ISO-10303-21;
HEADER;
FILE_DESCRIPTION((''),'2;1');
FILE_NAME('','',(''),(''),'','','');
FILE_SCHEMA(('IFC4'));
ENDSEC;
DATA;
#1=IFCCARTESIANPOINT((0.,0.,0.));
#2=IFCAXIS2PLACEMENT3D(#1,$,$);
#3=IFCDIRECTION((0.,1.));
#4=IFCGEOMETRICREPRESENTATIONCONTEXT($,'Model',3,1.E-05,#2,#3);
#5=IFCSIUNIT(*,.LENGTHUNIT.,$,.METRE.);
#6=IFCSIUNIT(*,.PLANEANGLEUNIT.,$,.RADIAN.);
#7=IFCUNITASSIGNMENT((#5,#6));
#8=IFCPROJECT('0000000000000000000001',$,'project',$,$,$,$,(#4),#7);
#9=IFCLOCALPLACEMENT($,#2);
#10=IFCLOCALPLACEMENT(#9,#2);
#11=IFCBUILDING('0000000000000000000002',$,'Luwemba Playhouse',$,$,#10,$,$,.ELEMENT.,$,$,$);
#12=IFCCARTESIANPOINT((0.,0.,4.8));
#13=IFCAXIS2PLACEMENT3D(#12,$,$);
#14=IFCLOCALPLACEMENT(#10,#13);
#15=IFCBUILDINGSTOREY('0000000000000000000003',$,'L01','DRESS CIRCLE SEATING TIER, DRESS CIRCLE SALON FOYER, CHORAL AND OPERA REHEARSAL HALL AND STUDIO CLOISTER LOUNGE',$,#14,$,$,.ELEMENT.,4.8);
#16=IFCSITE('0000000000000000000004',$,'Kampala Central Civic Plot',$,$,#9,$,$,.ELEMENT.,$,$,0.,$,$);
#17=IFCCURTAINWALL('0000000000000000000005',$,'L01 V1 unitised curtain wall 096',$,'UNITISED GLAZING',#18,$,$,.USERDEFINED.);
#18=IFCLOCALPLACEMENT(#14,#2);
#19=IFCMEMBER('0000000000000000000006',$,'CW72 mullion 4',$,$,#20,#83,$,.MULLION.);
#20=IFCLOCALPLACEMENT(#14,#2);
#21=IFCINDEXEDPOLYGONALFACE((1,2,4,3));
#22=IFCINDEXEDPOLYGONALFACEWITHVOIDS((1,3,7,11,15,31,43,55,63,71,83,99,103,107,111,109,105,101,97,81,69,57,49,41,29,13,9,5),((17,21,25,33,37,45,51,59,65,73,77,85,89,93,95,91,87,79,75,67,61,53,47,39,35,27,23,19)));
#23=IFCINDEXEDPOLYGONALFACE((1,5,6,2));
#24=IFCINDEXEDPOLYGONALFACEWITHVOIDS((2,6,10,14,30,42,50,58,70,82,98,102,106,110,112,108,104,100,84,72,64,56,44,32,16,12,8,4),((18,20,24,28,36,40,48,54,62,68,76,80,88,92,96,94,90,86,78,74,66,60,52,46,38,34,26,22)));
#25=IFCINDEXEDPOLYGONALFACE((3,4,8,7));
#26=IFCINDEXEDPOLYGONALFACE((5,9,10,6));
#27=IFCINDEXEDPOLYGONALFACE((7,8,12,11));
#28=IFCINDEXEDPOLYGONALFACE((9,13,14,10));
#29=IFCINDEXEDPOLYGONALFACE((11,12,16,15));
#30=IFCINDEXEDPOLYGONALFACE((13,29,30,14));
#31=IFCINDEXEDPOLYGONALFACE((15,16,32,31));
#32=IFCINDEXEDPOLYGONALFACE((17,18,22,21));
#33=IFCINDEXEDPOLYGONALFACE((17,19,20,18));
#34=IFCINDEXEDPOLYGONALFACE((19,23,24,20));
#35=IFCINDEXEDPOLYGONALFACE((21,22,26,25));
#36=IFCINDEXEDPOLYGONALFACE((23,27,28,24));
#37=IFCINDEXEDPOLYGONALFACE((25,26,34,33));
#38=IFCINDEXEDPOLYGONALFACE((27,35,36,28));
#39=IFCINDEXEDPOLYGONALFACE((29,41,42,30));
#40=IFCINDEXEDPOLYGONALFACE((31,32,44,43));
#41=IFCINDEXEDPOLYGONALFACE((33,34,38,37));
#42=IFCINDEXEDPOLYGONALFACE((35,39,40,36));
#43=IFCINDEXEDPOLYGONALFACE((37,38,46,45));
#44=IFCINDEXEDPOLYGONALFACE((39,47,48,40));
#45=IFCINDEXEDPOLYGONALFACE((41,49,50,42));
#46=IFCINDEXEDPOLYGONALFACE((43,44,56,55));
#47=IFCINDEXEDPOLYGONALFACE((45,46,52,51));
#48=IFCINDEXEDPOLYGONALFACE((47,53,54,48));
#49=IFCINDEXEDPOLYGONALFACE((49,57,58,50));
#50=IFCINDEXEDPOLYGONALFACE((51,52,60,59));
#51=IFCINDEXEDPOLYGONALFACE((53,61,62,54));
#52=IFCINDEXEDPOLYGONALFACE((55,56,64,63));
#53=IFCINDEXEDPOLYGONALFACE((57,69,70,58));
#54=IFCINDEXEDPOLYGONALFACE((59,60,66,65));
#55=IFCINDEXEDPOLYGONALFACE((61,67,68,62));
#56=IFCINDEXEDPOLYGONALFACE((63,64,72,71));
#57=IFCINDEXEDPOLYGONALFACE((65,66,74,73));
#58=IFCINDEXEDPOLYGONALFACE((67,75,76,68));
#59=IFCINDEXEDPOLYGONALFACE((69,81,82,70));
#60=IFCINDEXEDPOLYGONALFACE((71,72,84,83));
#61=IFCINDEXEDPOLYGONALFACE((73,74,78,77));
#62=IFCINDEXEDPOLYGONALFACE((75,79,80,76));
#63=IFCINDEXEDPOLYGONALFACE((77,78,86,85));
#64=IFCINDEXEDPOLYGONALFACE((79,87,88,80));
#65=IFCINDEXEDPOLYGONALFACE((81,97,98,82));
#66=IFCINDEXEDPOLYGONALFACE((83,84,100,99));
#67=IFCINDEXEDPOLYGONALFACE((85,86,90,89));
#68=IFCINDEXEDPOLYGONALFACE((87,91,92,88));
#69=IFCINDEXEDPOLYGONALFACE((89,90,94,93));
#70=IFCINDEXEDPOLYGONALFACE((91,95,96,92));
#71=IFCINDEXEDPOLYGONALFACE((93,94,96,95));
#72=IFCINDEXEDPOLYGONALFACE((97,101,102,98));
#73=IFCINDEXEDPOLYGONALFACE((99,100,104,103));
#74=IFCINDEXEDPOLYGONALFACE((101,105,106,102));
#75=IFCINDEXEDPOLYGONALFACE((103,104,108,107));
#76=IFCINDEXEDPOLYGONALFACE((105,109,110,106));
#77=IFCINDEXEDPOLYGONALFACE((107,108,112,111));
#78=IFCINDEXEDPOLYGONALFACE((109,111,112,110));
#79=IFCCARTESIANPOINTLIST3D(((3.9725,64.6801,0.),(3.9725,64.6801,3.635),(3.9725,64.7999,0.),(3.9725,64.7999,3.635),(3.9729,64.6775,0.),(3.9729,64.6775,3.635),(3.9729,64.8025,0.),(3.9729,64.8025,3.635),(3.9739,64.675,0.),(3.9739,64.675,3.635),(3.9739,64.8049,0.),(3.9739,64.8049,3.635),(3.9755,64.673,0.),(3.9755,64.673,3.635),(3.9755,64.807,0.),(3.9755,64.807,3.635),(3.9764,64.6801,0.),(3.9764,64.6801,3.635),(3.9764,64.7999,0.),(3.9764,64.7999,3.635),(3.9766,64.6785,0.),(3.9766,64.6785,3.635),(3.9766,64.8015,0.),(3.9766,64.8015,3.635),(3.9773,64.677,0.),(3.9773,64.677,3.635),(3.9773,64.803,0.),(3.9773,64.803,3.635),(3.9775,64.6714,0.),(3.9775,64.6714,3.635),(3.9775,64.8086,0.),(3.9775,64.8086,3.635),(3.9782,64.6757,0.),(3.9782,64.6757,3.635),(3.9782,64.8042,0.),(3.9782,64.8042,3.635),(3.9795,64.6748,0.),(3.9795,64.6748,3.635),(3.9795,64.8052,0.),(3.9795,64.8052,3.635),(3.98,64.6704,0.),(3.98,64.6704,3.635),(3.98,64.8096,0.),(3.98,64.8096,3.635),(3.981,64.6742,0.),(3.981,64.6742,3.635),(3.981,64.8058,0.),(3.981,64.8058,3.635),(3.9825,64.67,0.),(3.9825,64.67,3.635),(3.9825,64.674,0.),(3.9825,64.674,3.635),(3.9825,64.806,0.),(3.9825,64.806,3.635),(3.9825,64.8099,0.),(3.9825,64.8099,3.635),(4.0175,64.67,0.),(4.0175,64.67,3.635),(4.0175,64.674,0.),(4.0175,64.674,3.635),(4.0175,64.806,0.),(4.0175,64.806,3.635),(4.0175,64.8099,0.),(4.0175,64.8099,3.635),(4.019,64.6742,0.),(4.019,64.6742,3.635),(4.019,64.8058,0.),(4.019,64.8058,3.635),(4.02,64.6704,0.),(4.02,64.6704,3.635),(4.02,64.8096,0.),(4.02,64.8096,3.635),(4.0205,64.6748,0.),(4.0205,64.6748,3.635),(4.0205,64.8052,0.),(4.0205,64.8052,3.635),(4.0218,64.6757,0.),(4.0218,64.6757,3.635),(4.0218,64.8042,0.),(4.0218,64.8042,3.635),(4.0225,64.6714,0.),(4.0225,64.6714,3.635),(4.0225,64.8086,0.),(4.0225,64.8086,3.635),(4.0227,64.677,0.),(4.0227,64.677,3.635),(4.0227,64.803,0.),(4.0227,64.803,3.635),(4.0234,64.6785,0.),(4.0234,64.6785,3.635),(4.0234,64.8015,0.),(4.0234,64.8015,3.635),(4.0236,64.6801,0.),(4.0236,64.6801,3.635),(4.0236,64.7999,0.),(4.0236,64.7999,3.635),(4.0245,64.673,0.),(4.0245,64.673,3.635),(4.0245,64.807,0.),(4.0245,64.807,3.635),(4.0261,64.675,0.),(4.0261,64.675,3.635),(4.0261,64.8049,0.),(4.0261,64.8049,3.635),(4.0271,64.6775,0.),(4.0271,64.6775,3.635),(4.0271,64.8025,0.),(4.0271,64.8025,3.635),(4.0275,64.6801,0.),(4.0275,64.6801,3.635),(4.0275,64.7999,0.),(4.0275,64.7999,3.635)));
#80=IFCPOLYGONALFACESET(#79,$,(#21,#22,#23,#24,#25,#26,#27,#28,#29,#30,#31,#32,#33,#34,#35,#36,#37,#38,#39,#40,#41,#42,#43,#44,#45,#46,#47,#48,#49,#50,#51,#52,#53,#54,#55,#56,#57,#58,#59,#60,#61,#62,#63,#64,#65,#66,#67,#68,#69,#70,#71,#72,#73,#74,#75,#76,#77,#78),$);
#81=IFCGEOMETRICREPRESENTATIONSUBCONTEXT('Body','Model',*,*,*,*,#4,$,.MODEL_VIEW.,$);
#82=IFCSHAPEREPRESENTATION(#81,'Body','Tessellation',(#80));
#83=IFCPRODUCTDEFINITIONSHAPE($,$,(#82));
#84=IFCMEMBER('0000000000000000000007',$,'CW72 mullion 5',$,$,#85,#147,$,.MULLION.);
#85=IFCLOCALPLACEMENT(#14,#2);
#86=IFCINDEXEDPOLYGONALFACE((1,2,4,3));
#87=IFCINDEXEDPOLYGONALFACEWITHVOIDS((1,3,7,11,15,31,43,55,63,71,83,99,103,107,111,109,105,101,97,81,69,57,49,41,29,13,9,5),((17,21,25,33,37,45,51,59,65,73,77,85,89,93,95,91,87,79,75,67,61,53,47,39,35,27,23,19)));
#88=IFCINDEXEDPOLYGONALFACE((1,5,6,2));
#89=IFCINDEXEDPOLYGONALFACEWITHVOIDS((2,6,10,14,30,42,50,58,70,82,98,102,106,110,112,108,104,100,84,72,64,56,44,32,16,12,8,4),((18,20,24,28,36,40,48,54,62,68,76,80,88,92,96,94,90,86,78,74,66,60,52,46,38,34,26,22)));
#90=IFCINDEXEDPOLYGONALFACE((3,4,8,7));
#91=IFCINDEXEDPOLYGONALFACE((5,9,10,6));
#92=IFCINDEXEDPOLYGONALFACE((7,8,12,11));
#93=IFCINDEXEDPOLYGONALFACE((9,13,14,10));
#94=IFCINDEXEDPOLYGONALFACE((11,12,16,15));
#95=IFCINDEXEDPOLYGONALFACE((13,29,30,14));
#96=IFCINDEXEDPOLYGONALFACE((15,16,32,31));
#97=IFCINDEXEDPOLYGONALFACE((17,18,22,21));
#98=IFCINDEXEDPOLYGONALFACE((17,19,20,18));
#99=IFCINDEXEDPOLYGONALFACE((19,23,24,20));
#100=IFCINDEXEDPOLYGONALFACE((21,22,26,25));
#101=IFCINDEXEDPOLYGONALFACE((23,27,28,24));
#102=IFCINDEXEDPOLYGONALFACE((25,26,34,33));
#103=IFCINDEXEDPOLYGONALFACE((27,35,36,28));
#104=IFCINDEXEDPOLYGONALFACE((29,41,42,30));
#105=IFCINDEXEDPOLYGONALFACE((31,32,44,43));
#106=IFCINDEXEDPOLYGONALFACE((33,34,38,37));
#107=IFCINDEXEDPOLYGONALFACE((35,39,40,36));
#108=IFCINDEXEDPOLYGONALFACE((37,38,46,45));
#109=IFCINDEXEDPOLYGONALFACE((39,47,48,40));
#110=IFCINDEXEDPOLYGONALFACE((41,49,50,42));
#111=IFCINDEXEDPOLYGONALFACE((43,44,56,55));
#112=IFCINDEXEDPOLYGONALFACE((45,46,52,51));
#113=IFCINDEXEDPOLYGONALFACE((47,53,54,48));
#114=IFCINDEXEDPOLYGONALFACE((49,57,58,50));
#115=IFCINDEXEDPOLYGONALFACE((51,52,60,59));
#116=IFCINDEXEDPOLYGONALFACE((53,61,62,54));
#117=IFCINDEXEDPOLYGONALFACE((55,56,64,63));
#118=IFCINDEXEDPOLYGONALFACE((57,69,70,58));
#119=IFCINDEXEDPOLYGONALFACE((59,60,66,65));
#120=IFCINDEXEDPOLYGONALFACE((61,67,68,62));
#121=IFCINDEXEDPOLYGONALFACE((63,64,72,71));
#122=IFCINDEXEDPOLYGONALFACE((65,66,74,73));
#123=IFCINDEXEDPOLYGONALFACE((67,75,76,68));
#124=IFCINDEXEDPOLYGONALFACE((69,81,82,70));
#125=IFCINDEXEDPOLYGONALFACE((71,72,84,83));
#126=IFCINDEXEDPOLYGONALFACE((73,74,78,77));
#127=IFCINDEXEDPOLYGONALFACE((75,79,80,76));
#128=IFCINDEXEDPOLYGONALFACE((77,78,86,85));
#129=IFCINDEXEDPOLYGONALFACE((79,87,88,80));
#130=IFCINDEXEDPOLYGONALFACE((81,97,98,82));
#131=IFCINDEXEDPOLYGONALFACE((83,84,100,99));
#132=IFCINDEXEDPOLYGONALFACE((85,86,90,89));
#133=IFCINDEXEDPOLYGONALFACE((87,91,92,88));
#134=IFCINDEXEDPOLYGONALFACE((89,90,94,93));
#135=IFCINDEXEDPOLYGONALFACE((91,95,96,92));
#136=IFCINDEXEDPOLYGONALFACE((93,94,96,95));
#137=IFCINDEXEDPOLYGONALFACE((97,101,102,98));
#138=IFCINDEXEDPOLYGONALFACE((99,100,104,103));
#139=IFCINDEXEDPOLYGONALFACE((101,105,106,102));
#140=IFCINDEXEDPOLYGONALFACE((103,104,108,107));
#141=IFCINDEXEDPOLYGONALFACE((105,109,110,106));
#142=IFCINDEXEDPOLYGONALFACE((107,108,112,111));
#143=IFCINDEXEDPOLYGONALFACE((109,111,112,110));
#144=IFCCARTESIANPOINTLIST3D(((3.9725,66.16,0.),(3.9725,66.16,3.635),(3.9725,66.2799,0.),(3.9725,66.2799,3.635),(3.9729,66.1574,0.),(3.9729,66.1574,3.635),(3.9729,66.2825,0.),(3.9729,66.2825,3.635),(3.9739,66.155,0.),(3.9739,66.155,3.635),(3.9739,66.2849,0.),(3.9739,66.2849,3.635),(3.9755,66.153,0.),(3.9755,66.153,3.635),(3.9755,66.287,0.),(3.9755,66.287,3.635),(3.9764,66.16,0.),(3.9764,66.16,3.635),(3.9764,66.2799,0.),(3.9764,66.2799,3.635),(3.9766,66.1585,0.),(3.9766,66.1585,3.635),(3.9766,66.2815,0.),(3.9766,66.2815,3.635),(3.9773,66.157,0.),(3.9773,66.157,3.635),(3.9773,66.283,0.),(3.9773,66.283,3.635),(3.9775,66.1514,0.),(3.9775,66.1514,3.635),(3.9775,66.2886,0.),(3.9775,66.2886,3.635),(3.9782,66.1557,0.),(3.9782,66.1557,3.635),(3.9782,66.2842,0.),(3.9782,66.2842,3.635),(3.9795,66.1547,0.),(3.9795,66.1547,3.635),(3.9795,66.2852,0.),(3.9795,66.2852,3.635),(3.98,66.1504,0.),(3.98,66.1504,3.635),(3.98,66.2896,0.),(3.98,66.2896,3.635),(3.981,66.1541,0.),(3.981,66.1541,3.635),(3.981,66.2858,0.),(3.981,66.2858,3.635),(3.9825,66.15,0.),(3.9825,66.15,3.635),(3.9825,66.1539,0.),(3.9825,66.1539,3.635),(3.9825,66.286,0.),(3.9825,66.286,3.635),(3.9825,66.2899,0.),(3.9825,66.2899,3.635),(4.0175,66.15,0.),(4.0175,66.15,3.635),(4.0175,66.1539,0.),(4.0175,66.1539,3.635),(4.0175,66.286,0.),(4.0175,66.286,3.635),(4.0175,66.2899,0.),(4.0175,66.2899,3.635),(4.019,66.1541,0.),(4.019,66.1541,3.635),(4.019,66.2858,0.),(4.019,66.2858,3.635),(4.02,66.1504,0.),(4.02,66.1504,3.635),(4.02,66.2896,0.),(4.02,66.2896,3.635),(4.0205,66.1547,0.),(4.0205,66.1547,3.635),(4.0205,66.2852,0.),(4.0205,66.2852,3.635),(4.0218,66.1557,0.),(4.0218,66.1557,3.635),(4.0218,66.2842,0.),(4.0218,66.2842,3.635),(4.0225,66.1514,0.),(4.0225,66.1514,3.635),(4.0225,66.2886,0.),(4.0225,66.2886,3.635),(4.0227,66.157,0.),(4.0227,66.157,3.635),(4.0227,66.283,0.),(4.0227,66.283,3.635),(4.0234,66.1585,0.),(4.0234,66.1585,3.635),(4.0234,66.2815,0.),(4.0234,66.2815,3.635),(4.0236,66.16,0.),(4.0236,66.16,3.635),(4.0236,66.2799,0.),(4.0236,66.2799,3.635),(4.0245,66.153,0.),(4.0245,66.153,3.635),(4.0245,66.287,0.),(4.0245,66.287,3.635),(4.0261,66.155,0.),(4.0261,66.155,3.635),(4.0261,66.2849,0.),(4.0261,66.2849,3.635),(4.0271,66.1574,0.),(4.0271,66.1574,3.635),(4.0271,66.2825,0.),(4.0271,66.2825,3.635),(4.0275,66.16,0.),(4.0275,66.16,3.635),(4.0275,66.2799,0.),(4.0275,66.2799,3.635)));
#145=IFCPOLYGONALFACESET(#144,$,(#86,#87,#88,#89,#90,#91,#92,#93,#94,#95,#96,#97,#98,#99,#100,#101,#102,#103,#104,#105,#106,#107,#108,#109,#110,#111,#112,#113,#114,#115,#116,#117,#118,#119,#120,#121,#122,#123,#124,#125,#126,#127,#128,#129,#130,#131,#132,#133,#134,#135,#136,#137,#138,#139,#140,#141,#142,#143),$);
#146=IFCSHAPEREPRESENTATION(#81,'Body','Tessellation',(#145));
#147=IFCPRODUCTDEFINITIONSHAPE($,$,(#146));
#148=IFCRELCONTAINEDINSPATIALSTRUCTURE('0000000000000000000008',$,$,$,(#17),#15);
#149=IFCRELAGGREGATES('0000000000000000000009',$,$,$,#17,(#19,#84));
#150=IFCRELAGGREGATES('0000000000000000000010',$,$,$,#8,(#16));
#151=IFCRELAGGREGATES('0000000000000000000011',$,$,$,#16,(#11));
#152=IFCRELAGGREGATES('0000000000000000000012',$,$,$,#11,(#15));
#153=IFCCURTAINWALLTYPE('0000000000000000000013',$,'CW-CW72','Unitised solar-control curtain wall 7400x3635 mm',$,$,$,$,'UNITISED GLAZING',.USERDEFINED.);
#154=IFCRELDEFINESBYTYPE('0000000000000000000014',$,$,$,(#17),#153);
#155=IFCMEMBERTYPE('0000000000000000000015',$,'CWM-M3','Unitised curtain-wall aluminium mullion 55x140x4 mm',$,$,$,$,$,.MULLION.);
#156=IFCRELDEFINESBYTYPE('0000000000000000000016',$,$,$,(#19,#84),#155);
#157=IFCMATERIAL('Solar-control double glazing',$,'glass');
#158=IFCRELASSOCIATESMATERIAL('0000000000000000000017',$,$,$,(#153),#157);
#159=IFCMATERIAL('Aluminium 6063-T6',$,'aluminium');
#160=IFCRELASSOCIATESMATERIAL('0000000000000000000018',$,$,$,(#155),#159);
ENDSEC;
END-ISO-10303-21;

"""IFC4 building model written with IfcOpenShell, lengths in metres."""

from ifc_helpers import new_model, si_unit, direction, frame, origin, origin_2d, place, context, subcontext, project, spatial, hollow_rectangle, extrude, material, material_profile, profile_set, type_object, element, aggregate, save


model = new_model("IFC4")

# Units and contexts
model_context = context("Model", 3, precision=1e-05, world=origin(), true_north=direction((0.0, 1.0)))
body_context = subcontext(model_context, "Body", "Model", "MODEL_VIEW")
ifc_project = project(units=[si_unit("LENGTHUNIT", "METRE"), si_unit("PLANEANGLEUNIT", "RADIAN")], contexts=[model_context])

# Site, building, storey
site_placement = place(None, origin())
site = spatial("IfcSite", under=ifc_project, at=site_placement, Name="Kampala Central Civic Plot", CompositionType="ELEMENT", RefElevation=0.0)
building_placement = place(site_placement, origin())
building = spatial("IfcBuilding", under=site, at=building_placement, Name="Luwemba Playhouse", CompositionType="ELEMENT")
storey_placement = place(building_placement, frame((0.0, 0.0, 4.8)))
storey = spatial("IfcBuildingStorey", under=building, at=storey_placement, Name="L01", Description="DRESS CIRCLE SEATING TIER, DRESS CIRCLE SALON FOYER, CHORAL AND OPERA REHEARSAL HALL AND STUDIO CLOISTER LOUNGE", CompositionType="ELEMENT", Elevation=4.8)

# Curtain wall, members
ifc_material_1 = material(Name="Solar-control double glazing", Category="glass")
curtain_wall_type = type_object("IfcCurtainWallType", Name="CW-CW72", Description="Unitised solar-control curtain wall 7400x3635 mm", ElementType="UNITISED GLAZING", PredefinedType="USERDEFINED", material=ifc_material_1)
curtain_wall_placement = place(storey_placement, origin())
curtain_wall = element("IfcCurtainWall", 1, at=curtain_wall_placement, inside=storey, type_object=curtain_wall_type, Name="L01 V1 unitised curtain wall 096", ObjectType="UNITISED GLAZING", PredefinedType="USERDEFINED")
ifc_material_2 = material(Name="Aluminium 6063-T6", Category="aluminium")
ifc_material_profile_1 = material_profile(ifc_material_2, hollow_rectangle(XDim=0.0549, YDim=0.1399, WallThickness=0.0039, InnerFilletRadius=0.0061, OuterFilletRadius=0.01, at=origin_2d()))
ifc_profile_set_1 = profile_set([ifc_material_profile_1], Name="Aluminium 6063-T6")
member_type_1 = type_object("IfcMemberType", Name="CWM-M3", Description="Unitised curtain-wall aluminium mullion 55x140x4 mm", PredefinedType="MULLION", material=ifc_profile_set_1)
member_1_placement = place(storey_placement, frame((4.0, 64.74, 0.0), z_axis=(0.0, 0.0, 1.0), x_axis=(-1.0, 0.0, 0.0)))
member_1 = element("IfcMember", 2, at=member_1_placement, type_object=member_type_1, Name="CW72 mullion 4", PredefinedType="MULLION", context=body_context, shape_type="SweptSolid", body=[
    extrude(hollow_rectangle(XDim=0.0549, YDim=0.1399, WallThickness=0.0039, InnerFilletRadius=0.0061, OuterFilletRadius=0.01, at=origin_2d()), origin(), (0.0, 0.0, 1.0), 3.635),
])
member_2_placement = place(storey_placement, frame((4.0, 66.22, 0.0), z_axis=(0.0, 0.0, 1.0), x_axis=(-1.0, 0.0, 0.0)))
member_2 = element("IfcMember", 3, at=member_2_placement, type_object=member_type_1, Name="CW72 mullion 5", PredefinedType="MULLION", context=body_context, shape_type="SweptSolid", body=[
    extrude(hollow_rectangle(XDim=0.0549, YDim=0.1399, WallThickness=0.0039, InnerFilletRadius=0.0061, OuterFilletRadius=0.01, at=origin_2d()), origin(), (0.0, 0.0, 1.0), 3.635),
])
aggregate(curtain_wall, [member_1, member_2])

save(model, "model.ifc")
